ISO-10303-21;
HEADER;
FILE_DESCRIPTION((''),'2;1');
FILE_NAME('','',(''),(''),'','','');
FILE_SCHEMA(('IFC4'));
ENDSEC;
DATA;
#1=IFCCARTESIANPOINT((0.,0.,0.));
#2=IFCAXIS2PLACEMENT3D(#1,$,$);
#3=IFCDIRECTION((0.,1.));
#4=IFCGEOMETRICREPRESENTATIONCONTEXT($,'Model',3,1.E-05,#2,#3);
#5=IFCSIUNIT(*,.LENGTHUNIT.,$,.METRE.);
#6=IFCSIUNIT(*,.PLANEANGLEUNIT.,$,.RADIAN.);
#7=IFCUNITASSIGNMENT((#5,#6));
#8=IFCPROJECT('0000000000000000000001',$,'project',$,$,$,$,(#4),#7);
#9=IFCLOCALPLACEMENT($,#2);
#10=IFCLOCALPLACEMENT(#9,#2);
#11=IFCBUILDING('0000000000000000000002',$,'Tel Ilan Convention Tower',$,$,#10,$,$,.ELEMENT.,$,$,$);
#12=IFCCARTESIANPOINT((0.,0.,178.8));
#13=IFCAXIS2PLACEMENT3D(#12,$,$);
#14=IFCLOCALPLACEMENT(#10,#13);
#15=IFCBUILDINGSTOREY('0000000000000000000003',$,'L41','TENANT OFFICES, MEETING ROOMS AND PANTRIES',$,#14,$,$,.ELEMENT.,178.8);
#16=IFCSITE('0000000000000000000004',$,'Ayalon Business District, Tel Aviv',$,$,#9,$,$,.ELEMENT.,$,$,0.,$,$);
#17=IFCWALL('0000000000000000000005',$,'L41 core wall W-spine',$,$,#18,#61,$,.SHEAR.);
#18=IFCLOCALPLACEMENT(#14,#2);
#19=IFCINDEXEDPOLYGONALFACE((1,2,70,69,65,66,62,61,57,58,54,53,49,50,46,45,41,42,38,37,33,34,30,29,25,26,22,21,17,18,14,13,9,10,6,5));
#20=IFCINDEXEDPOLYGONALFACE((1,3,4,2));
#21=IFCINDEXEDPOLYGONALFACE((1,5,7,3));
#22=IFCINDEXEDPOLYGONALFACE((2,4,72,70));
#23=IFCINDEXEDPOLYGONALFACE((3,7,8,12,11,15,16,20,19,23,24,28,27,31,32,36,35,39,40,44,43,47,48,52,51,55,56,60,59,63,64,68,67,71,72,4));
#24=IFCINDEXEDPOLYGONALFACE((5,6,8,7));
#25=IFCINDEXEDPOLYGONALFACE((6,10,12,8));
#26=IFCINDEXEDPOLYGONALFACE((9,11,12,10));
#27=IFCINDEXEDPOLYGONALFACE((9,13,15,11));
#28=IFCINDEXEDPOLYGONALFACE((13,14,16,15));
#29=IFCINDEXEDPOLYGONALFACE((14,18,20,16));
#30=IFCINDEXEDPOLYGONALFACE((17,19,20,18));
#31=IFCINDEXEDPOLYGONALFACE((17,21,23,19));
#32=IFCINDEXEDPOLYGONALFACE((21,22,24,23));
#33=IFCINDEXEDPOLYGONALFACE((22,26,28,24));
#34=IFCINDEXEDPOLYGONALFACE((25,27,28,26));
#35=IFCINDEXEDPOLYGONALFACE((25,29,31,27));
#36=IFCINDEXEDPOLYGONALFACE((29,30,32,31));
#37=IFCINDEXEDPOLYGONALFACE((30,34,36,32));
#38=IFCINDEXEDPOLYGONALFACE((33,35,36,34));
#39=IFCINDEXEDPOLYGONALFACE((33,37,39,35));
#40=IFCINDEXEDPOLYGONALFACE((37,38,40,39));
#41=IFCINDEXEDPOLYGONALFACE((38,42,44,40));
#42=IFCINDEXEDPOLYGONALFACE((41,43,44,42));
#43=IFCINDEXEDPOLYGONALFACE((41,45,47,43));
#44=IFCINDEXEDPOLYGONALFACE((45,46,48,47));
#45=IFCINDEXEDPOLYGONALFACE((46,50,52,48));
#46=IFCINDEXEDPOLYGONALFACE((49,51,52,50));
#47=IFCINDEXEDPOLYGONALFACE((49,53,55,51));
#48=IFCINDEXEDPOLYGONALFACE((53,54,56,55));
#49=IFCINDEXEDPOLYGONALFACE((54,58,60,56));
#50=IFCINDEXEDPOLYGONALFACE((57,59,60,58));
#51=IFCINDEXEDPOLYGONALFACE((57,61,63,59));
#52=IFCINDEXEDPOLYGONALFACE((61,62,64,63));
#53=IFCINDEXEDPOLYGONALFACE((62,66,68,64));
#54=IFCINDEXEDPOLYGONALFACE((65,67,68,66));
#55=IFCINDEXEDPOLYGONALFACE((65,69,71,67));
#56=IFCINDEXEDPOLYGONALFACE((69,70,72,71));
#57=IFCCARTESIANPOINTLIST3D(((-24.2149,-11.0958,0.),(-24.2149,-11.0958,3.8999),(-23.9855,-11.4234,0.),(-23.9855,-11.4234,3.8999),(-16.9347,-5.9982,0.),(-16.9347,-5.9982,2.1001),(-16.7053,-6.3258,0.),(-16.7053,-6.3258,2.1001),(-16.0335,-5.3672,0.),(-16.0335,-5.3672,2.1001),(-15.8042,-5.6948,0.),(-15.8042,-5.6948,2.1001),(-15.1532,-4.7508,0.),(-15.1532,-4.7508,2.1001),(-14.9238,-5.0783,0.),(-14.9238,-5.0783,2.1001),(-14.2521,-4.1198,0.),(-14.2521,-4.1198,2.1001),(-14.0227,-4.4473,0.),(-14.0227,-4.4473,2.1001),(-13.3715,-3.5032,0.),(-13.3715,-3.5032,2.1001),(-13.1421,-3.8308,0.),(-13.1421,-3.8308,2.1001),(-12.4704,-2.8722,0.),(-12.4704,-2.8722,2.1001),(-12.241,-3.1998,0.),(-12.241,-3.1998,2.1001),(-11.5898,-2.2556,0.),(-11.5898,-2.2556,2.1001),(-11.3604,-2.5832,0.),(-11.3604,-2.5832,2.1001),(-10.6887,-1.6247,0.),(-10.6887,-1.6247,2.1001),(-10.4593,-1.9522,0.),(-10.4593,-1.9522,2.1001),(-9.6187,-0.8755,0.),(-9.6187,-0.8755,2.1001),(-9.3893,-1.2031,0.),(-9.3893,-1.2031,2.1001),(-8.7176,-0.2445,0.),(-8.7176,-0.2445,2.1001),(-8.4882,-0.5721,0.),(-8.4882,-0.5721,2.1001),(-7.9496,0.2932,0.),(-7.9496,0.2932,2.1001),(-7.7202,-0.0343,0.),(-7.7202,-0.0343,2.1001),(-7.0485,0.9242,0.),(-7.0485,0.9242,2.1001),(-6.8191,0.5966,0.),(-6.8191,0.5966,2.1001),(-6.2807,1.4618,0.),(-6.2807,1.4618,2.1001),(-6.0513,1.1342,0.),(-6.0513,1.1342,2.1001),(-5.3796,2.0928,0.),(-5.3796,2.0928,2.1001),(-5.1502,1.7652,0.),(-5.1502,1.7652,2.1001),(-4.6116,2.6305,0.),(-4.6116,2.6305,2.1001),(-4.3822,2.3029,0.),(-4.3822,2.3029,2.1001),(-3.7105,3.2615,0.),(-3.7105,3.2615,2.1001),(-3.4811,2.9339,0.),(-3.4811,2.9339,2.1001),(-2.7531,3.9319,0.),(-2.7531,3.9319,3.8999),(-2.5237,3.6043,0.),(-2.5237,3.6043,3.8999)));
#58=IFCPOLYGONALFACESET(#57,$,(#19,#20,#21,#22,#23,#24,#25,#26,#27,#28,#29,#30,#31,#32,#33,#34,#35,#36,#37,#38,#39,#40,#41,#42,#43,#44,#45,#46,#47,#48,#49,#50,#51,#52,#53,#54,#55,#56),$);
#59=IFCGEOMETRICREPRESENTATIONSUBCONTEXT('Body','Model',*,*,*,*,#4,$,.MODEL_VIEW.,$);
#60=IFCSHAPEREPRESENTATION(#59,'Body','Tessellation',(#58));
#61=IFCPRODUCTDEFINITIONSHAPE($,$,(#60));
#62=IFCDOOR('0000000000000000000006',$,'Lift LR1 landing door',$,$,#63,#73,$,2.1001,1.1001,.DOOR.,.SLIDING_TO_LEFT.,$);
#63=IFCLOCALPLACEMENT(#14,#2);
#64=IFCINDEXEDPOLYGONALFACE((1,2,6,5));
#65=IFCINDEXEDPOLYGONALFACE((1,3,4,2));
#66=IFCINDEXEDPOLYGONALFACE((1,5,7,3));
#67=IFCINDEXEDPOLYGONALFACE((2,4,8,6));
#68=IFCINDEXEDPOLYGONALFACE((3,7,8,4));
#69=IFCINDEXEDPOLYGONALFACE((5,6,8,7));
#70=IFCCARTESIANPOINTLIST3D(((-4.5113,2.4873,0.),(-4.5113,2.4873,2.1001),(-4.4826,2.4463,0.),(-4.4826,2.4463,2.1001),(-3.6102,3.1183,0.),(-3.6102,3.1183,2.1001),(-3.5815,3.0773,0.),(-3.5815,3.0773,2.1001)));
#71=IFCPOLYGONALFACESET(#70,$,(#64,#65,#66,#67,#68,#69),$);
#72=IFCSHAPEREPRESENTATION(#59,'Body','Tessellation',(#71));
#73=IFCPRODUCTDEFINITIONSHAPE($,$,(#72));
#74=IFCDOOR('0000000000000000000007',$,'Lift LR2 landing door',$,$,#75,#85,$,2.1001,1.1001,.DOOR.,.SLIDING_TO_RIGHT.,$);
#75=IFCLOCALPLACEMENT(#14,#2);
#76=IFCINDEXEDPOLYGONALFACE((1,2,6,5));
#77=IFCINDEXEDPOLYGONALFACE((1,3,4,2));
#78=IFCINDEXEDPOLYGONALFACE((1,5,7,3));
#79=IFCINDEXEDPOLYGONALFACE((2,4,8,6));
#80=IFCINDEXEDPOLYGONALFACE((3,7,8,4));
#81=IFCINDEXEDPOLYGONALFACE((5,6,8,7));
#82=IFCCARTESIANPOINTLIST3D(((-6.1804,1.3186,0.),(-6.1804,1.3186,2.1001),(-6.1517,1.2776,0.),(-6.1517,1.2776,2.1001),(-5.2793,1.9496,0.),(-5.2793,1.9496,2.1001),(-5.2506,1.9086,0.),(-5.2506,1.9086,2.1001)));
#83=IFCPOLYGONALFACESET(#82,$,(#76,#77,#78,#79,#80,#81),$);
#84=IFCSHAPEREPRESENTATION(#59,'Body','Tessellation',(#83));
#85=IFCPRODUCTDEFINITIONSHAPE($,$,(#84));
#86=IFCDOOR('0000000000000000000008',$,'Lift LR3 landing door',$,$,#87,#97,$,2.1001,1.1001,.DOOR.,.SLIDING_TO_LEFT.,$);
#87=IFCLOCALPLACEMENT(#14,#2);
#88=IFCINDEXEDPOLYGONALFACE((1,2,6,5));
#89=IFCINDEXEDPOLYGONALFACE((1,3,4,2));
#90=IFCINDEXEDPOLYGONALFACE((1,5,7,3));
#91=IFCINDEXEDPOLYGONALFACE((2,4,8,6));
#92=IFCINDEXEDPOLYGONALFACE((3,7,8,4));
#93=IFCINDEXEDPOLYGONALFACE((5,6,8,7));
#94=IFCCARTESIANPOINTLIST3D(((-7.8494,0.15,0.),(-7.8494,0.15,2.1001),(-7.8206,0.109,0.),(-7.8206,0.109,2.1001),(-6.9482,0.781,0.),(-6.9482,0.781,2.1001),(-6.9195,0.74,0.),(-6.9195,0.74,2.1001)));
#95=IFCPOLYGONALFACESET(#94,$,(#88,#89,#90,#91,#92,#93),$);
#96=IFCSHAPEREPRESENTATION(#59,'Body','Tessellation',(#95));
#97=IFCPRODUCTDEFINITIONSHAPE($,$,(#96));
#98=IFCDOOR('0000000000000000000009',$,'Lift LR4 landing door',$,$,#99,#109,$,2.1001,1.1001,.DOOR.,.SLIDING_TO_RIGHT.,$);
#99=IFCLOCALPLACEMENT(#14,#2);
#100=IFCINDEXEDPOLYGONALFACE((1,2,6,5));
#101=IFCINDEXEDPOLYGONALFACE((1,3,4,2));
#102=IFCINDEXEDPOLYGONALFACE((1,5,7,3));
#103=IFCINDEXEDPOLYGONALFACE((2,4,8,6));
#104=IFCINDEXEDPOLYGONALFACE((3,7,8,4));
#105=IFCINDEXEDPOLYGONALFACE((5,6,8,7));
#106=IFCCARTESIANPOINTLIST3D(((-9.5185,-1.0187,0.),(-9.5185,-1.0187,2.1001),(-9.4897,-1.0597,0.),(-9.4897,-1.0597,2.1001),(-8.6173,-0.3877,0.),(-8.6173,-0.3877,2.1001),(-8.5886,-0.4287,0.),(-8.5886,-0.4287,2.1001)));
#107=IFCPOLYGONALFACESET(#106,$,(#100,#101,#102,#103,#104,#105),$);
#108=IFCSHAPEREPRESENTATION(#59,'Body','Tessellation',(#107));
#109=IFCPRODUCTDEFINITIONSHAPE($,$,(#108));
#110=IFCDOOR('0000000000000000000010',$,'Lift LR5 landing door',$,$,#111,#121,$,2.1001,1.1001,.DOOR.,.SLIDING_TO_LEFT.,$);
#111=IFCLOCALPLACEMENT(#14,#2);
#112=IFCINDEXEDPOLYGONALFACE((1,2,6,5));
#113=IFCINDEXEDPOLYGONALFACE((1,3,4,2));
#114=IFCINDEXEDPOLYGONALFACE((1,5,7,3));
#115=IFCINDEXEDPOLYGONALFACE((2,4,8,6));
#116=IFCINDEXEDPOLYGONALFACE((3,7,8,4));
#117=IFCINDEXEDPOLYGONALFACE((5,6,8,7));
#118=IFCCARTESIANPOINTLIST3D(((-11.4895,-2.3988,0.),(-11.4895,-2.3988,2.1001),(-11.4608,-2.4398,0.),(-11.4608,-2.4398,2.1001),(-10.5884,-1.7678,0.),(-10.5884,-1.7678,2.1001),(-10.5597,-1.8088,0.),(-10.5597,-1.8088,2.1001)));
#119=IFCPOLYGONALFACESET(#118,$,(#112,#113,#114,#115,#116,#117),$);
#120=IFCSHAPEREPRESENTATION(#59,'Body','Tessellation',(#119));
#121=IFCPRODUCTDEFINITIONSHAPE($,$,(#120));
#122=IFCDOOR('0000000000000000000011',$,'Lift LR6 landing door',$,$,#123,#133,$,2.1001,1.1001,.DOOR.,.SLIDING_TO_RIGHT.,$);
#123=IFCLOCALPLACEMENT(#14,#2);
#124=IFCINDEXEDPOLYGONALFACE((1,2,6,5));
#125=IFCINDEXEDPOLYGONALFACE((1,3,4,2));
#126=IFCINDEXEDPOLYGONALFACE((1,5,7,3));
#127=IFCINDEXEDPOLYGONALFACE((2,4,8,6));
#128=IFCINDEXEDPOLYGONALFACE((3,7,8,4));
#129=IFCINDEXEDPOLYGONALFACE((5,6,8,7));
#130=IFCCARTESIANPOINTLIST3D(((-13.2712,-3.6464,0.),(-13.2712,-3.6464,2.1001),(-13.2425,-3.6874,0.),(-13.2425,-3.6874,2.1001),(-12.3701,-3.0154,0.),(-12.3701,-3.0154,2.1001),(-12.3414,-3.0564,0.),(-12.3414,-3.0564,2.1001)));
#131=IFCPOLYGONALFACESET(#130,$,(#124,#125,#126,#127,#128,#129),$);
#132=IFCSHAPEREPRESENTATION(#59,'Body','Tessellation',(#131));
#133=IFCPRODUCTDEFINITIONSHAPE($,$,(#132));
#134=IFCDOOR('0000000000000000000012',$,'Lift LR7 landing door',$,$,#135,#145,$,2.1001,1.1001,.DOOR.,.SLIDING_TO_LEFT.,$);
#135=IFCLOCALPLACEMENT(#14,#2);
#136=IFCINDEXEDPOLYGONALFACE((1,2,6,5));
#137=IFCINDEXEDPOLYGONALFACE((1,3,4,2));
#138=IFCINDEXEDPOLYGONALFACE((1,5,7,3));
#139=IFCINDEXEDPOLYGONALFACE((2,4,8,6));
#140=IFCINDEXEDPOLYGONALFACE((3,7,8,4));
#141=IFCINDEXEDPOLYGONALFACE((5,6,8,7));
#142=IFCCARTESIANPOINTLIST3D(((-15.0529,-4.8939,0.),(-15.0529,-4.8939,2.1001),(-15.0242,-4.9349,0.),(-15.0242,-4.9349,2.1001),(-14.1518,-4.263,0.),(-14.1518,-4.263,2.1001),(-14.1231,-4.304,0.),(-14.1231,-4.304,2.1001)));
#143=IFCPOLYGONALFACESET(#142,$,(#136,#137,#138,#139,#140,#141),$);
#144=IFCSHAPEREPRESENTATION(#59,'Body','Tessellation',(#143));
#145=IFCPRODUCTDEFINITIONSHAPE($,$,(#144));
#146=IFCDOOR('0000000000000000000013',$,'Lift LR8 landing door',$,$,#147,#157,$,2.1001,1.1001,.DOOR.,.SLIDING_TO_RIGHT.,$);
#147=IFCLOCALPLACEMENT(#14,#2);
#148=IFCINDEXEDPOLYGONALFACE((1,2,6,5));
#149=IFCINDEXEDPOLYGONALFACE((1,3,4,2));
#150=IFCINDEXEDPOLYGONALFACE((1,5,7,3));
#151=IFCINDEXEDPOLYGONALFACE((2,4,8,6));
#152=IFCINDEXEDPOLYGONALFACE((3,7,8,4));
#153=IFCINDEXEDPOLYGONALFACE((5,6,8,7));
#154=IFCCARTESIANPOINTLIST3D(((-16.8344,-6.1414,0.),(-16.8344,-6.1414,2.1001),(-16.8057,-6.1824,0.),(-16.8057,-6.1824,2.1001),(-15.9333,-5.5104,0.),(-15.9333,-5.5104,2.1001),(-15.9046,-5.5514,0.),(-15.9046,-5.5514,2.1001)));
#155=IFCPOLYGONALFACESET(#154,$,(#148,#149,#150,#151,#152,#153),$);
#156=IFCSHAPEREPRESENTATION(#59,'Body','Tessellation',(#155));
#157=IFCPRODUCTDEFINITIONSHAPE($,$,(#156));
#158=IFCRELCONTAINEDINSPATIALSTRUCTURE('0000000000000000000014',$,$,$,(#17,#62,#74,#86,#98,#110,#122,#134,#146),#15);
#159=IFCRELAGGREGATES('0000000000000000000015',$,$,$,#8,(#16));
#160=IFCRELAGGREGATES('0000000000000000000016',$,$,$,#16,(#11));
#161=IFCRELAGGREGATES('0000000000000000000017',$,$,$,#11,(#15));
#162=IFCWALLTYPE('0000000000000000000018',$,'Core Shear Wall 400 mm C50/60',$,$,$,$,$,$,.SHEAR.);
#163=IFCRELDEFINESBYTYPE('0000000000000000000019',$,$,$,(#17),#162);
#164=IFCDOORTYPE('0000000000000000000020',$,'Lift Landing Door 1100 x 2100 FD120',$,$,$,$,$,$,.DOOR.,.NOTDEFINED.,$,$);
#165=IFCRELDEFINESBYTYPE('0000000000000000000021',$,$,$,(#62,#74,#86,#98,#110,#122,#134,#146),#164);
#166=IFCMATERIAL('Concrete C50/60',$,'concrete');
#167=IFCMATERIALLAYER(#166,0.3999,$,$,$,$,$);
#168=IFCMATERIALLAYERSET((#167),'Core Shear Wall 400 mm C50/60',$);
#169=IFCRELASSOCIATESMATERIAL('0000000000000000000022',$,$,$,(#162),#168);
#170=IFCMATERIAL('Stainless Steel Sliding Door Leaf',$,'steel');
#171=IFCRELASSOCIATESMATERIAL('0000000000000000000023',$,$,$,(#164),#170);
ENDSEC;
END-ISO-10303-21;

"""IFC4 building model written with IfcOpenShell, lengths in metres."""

from ifc_helpers import new_model, si_unit, direction, frame, frame_2d, origin, place, context, subcontext, project, spatial, polyline, rectangle, outline, extrude, material, layer, layer_set, type_object, element, fill, save


model = new_model("IFC4")

# Units and contexts
model_context = context("Model", 3, precision=1e-05, world=origin(), true_north=direction((0.0, 1.0)))
body_context = subcontext(model_context, "Body", "Model", "MODEL_VIEW")
ifc_project = project(units=[si_unit("LENGTHUNIT", "METRE"), si_unit("PLANEANGLEUNIT", "RADIAN")], contexts=[model_context])

# Site, building, storey
site_placement = place(None, origin())
site = spatial("IfcSite", under=ifc_project, at=site_placement, Name="Ayalon Business District, Tel Aviv", CompositionType="ELEMENT", RefElevation=0.0)
building_placement = place(site_placement, origin())
building = spatial("IfcBuilding", under=site, at=building_placement, Name="Tel Ilan Convention Tower", CompositionType="ELEMENT")
storey_placement = place(building_placement, frame((0.0, 0.0, 178.8)))
storey = spatial("IfcBuildingStorey", under=building, at=storey_placement, Name="L41", Description="TENANT OFFICES, MEETING ROOMS AND PANTRIES", CompositionType="ELEMENT", Elevation=178.8)

# Wall, openings, doors
ifc_material_1 = material(Name="Concrete C50/60", Category="concrete")
ifc_layer_1 = layer(ifc_material_1, 0.3999)
ifc_layer_set_1 = layer_set([ifc_layer_1], Name="Core Shear Wall 400 mm C50/60")
wall_type_1 = type_object("IfcWallType", Name="Core Shear Wall 400 mm C50/60", PredefinedType="SHEAR", material=ifc_layer_set_1)
wall_1_placement = place(storey_placement, frame((-2.6384, 3.7681, 0.0), z_axis=(0.0, 0.0, 1.0), x_axis=(-0.819153, -0.573576, 0.0)))
wall_1 = element("IfcWall", 1, at=wall_1_placement, inside=storey, type_object=wall_type_1, Name="L41 core wall W-spine", PredefinedType="SHEAR", context=body_context, shape_type="SweptSolid", body=[
    extrude(outline(polyline([(26.2, 0.2), (0.0, 0.2), (0.0, -0.2), (26.2, -0.2), (26.2, 0.2)])), origin(), (0.0, 0.0, 1.0), 3.8999),
])
opening_1_placement = place(wall_1_placement, frame((1.1687, 0.0, 0.0)))
opening_1 = element("IfcOpeningElement", 2, at=opening_1_placement, cuts=wall_1, PredefinedType="OPENING", context=body_context, shape_type="SweptSolid", body=[
    extrude(rectangle(XDim=1.1001, YDim=2.1001, at=frame_2d((0.55, 1.05))), frame((0.0, 0.21, 0.0), z_axis=(0.0, -1.0, 0.0), x_axis=(1.0, 0.0, 0.0)), (0.0, 0.0, 1.0), 0.4199),
])
opening_2_placement = place(wall_1_placement, frame((3.2063, 0.0, 0.0)))
opening_2 = element("IfcOpeningElement", 3, at=opening_2_placement, cuts=wall_1, PredefinedType="OPENING", context=body_context, shape_type="SweptSolid", body=[
    extrude(rectangle(XDim=1.1001, YDim=2.1001, at=frame_2d((0.55, 1.05))), frame((0.0, 0.21, 0.0), z_axis=(0.0, -1.0, 0.0), x_axis=(1.0, 0.0, 0.0)), (0.0, 0.0, 1.0), 0.4199),
])
opening_3_placement = place(wall_1_placement, frame((5.2437, 0.0, 0.0)))
opening_3 = element("IfcOpeningElement", 4, at=opening_3_placement, cuts=wall_1, PredefinedType="OPENING", context=body_context, shape_type="SweptSolid", body=[
    extrude(rectangle(XDim=1.1001, YDim=2.1001, at=frame_2d((0.55, 1.05))), frame((0.0, 0.21, 0.0), z_axis=(0.0, -1.0, 0.0), x_axis=(1.0, 0.0, 0.0)), (0.0, 0.0, 1.0), 0.4199),
])
opening_4_placement = place(wall_1_placement, frame((7.2812, 0.0, 0.0)))
opening_4 = element("IfcOpeningElement", 5, at=opening_4_placement, cuts=wall_1, PredefinedType="OPENING", context=body_context, shape_type="SweptSolid", body=[
    extrude(rectangle(XDim=1.1001, YDim=2.1001, at=frame_2d((0.55, 1.05))), frame((0.0, 0.21, 0.0), z_axis=(0.0, -1.0, 0.0), x_axis=(1.0, 0.0, 0.0)), (0.0, 0.0, 1.0), 0.4199),
])
opening_5_placement = place(wall_1_placement, frame((9.6875, 0.0, 0.0)))
opening_5 = element("IfcOpeningElement", 6, at=opening_5_placement, cuts=wall_1, PredefinedType="OPENING", context=body_context, shape_type="SweptSolid", body=[
    extrude(rectangle(XDim=1.1001, YDim=2.1001, at=frame_2d((0.55, 1.05))), frame((0.0, 0.21, 0.0), z_axis=(0.0, -1.0, 0.0), x_axis=(1.0, 0.0, 0.0)), (0.0, 0.0, 1.0), 0.4199),
])
opening_6_placement = place(wall_1_placement, frame((11.8625, 0.0, 0.0)))
opening_6 = element("IfcOpeningElement", 7, at=opening_6_placement, cuts=wall_1, PredefinedType="OPENING", context=body_context, shape_type="SweptSolid", body=[
    extrude(rectangle(XDim=1.1001, YDim=2.1001, at=frame_2d((0.55, 1.05))), frame((0.0, 0.21, 0.0), z_axis=(0.0, -1.0, 0.0), x_axis=(1.0, 0.0, 0.0)), (0.0, 0.0, 1.0), 0.4199),
])
opening_7_placement = place(wall_1_placement, frame((14.0376, 0.0, 0.0)))
opening_7 = element("IfcOpeningElement", 8, at=opening_7_placement, cuts=wall_1, PredefinedType="OPENING", context=body_context, shape_type="SweptSolid", body=[
    extrude(rectangle(XDim=1.1001, YDim=2.1001, at=frame_2d((0.55, 1.05))), frame((0.0, 0.21, 0.0), z_axis=(0.0, -1.0, 0.0), x_axis=(1.0, 0.0, 0.0)), (0.0, 0.0, 1.0), 0.4199),
])
opening_8_placement = place(wall_1_placement, frame((16.2124, 0.0, 0.0)))
opening_8 = element("IfcOpeningElement", 9, at=opening_8_placement, cuts=wall_1, PredefinedType="OPENING", context=body_context, shape_type="SweptSolid", body=[
    extrude(rectangle(XDim=1.1001, YDim=2.1001, at=frame_2d((0.55, 1.05))), frame((0.0, 0.21, 0.0), z_axis=(0.0, -1.0, 0.0), x_axis=(1.0, 0.0, 0.0)), (0.0, 0.0, 1.0), 0.4199),
])
ifc_material_2 = material(Name="Stainless Steel Sliding Door Leaf", Category="steel")
door_type = type_object("IfcDoorType", Name="Lift Landing Door 1100 x 2100 FD120", OperationType="NOTDEFINED", PredefinedType="DOOR", material=ifc_material_2)
door_1_placement = place(opening_1_placement, origin())
door_1 = element("IfcDoor", 10, at=door_1_placement, inside=storey, type_object=door_type, Name="Lift LR1 landing door", OperationType="SLIDING_TO_LEFT", OverallHeight=2.1001, OverallWidth=1.1001, PredefinedType="DOOR", context=body_context, shape_type="SweptSolid", body=[
    extrude(rectangle(XDim=1.1001, YDim=2.1001, at=frame_2d((0.55, 1.05))), frame((0.0, 0.0249, 0.0), z_axis=(0.0, -1.0, 0.0), x_axis=(1.0, 0.0, 0.0)), (0.0, 0.0, 1.0), 0.05),
])
fill(opening_1, door_1)
door_2_placement = place(opening_2_placement, origin())
door_2 = element("IfcDoor", 11, at=door_2_placement, inside=storey, type_object=door_type, Name="Lift LR2 landing door", OperationType="SLIDING_TO_RIGHT", OverallHeight=2.1001, OverallWidth=1.1001, PredefinedType="DOOR", context=body_context, shape_type="SweptSolid", body=[
    extrude(rectangle(XDim=1.1001, YDim=2.1001, at=frame_2d((0.55, 1.05))), frame((0.0, 0.0249, 0.0), z_axis=(0.0, -1.0, 0.0), x_axis=(1.0, 0.0, 0.0)), (0.0, 0.0, 1.0), 0.05),
])
fill(opening_2, door_2)
door_3_placement = place(opening_3_placement, origin())
door_3 = element("IfcDoor", 12, at=door_3_placement, inside=storey, type_object=door_type, Name="Lift LR3 landing door", OperationType="SLIDING_TO_LEFT", OverallHeight=2.1001, OverallWidth=1.1001, PredefinedType="DOOR", context=body_context, shape_type="SweptSolid", body=[
    extrude(rectangle(XDim=1.1001, YDim=2.1001, at=frame_2d((0.55, 1.05))), frame((0.0, 0.0249, 0.0), z_axis=(0.0, -1.0, 0.0), x_axis=(1.0, 0.0, 0.0)), (0.0, 0.0, 1.0), 0.05),
])
fill(opening_3, door_3)
door_4_placement = place(opening_4_placement, origin())
door_4 = element("IfcDoor", 13, at=door_4_placement, inside=storey, type_object=door_type, Name="Lift LR4 landing door", OperationType="SLIDING_TO_RIGHT", OverallHeight=2.1001, OverallWidth=1.1001, PredefinedType="DOOR", context=body_context, shape_type="SweptSolid", body=[
    extrude(rectangle(XDim=1.1001, YDim=2.1001, at=frame_2d((0.55, 1.05))), frame((0.0, 0.0249, 0.0), z_axis=(0.0, -1.0, 0.0), x_axis=(1.0, 0.0, 0.0)), (0.0, 0.0, 1.0), 0.05),
])
fill(opening_4, door_4)
door_5_placement = place(opening_5_placement, origin())
door_5 = element("IfcDoor", 14, at=door_5_placement, inside=storey, type_object=door_type, Name="Lift LR5 landing door", OperationType="SLIDING_TO_LEFT", OverallHeight=2.1001, OverallWidth=1.1001, PredefinedType="DOOR", context=body_context, shape_type="SweptSolid", body=[
    extrude(rectangle(XDim=1.1001, YDim=2.1001, at=frame_2d((0.55, 1.05))), frame((0.0, 0.0249, 0.0), z_axis=(0.0, -1.0, 0.0), x_axis=(1.0, 0.0, 0.0)), (0.0, 0.0, 1.0), 0.05),
])
fill(opening_5, door_5)
door_6_placement = place(opening_6_placement, origin())
door_6 = element("IfcDoor", 15, at=door_6_placement, inside=storey, type_object=door_type, Name="Lift LR6 landing door", OperationType="SLIDING_TO_RIGHT", OverallHeight=2.1001, OverallWidth=1.1001, PredefinedType="DOOR", context=body_context, shape_type="SweptSolid", body=[
    extrude(rectangle(XDim=1.1001, YDim=2.1001, at=frame_2d((0.55, 1.05))), frame((0.0, 0.0249, 0.0), z_axis=(0.0, -1.0, 0.0), x_axis=(1.0, 0.0, 0.0)), (0.0, 0.0, 1.0), 0.05),
])
fill(opening_6, door_6)
door_7_placement = place(opening_7_placement, origin())
door_7 = element("IfcDoor", 16, at=door_7_placement, inside=storey, type_object=door_type, Name="Lift LR7 landing door", OperationType="SLIDING_TO_LEFT", OverallHeight=2.1001, OverallWidth=1.1001, PredefinedType="DOOR", context=body_context, shape_type="SweptSolid", body=[
    extrude(rectangle(XDim=1.1001, YDim=2.1001, at=frame_2d((0.55, 1.05))), frame((0.0, 0.0249, 0.0), z_axis=(0.0, -1.0, 0.0), x_axis=(1.0, 0.0, 0.0)), (0.0, 0.0, 1.0), 0.05),
])
fill(opening_7, door_7)
door_8_placement = place(opening_8_placement, origin())
door_8 = element("IfcDoor", 17, at=door_8_placement, inside=storey, type_object=door_type, Name="Lift LR8 landing door", OperationType="SLIDING_TO_RIGHT", OverallHeight=2.1001, OverallWidth=1.1001, PredefinedType="DOOR", context=body_context, shape_type="SweptSolid", body=[
    extrude(rectangle(XDim=1.1001, YDim=2.1001, at=frame_2d((0.55, 1.05))), frame((0.0, 0.0249, 0.0), z_axis=(0.0, -1.0, 0.0), x_axis=(1.0, 0.0, 0.0)), (0.0, 0.0, 1.0), 0.05),
])
fill(opening_8, door_8)

save(model, "model.ifc")
